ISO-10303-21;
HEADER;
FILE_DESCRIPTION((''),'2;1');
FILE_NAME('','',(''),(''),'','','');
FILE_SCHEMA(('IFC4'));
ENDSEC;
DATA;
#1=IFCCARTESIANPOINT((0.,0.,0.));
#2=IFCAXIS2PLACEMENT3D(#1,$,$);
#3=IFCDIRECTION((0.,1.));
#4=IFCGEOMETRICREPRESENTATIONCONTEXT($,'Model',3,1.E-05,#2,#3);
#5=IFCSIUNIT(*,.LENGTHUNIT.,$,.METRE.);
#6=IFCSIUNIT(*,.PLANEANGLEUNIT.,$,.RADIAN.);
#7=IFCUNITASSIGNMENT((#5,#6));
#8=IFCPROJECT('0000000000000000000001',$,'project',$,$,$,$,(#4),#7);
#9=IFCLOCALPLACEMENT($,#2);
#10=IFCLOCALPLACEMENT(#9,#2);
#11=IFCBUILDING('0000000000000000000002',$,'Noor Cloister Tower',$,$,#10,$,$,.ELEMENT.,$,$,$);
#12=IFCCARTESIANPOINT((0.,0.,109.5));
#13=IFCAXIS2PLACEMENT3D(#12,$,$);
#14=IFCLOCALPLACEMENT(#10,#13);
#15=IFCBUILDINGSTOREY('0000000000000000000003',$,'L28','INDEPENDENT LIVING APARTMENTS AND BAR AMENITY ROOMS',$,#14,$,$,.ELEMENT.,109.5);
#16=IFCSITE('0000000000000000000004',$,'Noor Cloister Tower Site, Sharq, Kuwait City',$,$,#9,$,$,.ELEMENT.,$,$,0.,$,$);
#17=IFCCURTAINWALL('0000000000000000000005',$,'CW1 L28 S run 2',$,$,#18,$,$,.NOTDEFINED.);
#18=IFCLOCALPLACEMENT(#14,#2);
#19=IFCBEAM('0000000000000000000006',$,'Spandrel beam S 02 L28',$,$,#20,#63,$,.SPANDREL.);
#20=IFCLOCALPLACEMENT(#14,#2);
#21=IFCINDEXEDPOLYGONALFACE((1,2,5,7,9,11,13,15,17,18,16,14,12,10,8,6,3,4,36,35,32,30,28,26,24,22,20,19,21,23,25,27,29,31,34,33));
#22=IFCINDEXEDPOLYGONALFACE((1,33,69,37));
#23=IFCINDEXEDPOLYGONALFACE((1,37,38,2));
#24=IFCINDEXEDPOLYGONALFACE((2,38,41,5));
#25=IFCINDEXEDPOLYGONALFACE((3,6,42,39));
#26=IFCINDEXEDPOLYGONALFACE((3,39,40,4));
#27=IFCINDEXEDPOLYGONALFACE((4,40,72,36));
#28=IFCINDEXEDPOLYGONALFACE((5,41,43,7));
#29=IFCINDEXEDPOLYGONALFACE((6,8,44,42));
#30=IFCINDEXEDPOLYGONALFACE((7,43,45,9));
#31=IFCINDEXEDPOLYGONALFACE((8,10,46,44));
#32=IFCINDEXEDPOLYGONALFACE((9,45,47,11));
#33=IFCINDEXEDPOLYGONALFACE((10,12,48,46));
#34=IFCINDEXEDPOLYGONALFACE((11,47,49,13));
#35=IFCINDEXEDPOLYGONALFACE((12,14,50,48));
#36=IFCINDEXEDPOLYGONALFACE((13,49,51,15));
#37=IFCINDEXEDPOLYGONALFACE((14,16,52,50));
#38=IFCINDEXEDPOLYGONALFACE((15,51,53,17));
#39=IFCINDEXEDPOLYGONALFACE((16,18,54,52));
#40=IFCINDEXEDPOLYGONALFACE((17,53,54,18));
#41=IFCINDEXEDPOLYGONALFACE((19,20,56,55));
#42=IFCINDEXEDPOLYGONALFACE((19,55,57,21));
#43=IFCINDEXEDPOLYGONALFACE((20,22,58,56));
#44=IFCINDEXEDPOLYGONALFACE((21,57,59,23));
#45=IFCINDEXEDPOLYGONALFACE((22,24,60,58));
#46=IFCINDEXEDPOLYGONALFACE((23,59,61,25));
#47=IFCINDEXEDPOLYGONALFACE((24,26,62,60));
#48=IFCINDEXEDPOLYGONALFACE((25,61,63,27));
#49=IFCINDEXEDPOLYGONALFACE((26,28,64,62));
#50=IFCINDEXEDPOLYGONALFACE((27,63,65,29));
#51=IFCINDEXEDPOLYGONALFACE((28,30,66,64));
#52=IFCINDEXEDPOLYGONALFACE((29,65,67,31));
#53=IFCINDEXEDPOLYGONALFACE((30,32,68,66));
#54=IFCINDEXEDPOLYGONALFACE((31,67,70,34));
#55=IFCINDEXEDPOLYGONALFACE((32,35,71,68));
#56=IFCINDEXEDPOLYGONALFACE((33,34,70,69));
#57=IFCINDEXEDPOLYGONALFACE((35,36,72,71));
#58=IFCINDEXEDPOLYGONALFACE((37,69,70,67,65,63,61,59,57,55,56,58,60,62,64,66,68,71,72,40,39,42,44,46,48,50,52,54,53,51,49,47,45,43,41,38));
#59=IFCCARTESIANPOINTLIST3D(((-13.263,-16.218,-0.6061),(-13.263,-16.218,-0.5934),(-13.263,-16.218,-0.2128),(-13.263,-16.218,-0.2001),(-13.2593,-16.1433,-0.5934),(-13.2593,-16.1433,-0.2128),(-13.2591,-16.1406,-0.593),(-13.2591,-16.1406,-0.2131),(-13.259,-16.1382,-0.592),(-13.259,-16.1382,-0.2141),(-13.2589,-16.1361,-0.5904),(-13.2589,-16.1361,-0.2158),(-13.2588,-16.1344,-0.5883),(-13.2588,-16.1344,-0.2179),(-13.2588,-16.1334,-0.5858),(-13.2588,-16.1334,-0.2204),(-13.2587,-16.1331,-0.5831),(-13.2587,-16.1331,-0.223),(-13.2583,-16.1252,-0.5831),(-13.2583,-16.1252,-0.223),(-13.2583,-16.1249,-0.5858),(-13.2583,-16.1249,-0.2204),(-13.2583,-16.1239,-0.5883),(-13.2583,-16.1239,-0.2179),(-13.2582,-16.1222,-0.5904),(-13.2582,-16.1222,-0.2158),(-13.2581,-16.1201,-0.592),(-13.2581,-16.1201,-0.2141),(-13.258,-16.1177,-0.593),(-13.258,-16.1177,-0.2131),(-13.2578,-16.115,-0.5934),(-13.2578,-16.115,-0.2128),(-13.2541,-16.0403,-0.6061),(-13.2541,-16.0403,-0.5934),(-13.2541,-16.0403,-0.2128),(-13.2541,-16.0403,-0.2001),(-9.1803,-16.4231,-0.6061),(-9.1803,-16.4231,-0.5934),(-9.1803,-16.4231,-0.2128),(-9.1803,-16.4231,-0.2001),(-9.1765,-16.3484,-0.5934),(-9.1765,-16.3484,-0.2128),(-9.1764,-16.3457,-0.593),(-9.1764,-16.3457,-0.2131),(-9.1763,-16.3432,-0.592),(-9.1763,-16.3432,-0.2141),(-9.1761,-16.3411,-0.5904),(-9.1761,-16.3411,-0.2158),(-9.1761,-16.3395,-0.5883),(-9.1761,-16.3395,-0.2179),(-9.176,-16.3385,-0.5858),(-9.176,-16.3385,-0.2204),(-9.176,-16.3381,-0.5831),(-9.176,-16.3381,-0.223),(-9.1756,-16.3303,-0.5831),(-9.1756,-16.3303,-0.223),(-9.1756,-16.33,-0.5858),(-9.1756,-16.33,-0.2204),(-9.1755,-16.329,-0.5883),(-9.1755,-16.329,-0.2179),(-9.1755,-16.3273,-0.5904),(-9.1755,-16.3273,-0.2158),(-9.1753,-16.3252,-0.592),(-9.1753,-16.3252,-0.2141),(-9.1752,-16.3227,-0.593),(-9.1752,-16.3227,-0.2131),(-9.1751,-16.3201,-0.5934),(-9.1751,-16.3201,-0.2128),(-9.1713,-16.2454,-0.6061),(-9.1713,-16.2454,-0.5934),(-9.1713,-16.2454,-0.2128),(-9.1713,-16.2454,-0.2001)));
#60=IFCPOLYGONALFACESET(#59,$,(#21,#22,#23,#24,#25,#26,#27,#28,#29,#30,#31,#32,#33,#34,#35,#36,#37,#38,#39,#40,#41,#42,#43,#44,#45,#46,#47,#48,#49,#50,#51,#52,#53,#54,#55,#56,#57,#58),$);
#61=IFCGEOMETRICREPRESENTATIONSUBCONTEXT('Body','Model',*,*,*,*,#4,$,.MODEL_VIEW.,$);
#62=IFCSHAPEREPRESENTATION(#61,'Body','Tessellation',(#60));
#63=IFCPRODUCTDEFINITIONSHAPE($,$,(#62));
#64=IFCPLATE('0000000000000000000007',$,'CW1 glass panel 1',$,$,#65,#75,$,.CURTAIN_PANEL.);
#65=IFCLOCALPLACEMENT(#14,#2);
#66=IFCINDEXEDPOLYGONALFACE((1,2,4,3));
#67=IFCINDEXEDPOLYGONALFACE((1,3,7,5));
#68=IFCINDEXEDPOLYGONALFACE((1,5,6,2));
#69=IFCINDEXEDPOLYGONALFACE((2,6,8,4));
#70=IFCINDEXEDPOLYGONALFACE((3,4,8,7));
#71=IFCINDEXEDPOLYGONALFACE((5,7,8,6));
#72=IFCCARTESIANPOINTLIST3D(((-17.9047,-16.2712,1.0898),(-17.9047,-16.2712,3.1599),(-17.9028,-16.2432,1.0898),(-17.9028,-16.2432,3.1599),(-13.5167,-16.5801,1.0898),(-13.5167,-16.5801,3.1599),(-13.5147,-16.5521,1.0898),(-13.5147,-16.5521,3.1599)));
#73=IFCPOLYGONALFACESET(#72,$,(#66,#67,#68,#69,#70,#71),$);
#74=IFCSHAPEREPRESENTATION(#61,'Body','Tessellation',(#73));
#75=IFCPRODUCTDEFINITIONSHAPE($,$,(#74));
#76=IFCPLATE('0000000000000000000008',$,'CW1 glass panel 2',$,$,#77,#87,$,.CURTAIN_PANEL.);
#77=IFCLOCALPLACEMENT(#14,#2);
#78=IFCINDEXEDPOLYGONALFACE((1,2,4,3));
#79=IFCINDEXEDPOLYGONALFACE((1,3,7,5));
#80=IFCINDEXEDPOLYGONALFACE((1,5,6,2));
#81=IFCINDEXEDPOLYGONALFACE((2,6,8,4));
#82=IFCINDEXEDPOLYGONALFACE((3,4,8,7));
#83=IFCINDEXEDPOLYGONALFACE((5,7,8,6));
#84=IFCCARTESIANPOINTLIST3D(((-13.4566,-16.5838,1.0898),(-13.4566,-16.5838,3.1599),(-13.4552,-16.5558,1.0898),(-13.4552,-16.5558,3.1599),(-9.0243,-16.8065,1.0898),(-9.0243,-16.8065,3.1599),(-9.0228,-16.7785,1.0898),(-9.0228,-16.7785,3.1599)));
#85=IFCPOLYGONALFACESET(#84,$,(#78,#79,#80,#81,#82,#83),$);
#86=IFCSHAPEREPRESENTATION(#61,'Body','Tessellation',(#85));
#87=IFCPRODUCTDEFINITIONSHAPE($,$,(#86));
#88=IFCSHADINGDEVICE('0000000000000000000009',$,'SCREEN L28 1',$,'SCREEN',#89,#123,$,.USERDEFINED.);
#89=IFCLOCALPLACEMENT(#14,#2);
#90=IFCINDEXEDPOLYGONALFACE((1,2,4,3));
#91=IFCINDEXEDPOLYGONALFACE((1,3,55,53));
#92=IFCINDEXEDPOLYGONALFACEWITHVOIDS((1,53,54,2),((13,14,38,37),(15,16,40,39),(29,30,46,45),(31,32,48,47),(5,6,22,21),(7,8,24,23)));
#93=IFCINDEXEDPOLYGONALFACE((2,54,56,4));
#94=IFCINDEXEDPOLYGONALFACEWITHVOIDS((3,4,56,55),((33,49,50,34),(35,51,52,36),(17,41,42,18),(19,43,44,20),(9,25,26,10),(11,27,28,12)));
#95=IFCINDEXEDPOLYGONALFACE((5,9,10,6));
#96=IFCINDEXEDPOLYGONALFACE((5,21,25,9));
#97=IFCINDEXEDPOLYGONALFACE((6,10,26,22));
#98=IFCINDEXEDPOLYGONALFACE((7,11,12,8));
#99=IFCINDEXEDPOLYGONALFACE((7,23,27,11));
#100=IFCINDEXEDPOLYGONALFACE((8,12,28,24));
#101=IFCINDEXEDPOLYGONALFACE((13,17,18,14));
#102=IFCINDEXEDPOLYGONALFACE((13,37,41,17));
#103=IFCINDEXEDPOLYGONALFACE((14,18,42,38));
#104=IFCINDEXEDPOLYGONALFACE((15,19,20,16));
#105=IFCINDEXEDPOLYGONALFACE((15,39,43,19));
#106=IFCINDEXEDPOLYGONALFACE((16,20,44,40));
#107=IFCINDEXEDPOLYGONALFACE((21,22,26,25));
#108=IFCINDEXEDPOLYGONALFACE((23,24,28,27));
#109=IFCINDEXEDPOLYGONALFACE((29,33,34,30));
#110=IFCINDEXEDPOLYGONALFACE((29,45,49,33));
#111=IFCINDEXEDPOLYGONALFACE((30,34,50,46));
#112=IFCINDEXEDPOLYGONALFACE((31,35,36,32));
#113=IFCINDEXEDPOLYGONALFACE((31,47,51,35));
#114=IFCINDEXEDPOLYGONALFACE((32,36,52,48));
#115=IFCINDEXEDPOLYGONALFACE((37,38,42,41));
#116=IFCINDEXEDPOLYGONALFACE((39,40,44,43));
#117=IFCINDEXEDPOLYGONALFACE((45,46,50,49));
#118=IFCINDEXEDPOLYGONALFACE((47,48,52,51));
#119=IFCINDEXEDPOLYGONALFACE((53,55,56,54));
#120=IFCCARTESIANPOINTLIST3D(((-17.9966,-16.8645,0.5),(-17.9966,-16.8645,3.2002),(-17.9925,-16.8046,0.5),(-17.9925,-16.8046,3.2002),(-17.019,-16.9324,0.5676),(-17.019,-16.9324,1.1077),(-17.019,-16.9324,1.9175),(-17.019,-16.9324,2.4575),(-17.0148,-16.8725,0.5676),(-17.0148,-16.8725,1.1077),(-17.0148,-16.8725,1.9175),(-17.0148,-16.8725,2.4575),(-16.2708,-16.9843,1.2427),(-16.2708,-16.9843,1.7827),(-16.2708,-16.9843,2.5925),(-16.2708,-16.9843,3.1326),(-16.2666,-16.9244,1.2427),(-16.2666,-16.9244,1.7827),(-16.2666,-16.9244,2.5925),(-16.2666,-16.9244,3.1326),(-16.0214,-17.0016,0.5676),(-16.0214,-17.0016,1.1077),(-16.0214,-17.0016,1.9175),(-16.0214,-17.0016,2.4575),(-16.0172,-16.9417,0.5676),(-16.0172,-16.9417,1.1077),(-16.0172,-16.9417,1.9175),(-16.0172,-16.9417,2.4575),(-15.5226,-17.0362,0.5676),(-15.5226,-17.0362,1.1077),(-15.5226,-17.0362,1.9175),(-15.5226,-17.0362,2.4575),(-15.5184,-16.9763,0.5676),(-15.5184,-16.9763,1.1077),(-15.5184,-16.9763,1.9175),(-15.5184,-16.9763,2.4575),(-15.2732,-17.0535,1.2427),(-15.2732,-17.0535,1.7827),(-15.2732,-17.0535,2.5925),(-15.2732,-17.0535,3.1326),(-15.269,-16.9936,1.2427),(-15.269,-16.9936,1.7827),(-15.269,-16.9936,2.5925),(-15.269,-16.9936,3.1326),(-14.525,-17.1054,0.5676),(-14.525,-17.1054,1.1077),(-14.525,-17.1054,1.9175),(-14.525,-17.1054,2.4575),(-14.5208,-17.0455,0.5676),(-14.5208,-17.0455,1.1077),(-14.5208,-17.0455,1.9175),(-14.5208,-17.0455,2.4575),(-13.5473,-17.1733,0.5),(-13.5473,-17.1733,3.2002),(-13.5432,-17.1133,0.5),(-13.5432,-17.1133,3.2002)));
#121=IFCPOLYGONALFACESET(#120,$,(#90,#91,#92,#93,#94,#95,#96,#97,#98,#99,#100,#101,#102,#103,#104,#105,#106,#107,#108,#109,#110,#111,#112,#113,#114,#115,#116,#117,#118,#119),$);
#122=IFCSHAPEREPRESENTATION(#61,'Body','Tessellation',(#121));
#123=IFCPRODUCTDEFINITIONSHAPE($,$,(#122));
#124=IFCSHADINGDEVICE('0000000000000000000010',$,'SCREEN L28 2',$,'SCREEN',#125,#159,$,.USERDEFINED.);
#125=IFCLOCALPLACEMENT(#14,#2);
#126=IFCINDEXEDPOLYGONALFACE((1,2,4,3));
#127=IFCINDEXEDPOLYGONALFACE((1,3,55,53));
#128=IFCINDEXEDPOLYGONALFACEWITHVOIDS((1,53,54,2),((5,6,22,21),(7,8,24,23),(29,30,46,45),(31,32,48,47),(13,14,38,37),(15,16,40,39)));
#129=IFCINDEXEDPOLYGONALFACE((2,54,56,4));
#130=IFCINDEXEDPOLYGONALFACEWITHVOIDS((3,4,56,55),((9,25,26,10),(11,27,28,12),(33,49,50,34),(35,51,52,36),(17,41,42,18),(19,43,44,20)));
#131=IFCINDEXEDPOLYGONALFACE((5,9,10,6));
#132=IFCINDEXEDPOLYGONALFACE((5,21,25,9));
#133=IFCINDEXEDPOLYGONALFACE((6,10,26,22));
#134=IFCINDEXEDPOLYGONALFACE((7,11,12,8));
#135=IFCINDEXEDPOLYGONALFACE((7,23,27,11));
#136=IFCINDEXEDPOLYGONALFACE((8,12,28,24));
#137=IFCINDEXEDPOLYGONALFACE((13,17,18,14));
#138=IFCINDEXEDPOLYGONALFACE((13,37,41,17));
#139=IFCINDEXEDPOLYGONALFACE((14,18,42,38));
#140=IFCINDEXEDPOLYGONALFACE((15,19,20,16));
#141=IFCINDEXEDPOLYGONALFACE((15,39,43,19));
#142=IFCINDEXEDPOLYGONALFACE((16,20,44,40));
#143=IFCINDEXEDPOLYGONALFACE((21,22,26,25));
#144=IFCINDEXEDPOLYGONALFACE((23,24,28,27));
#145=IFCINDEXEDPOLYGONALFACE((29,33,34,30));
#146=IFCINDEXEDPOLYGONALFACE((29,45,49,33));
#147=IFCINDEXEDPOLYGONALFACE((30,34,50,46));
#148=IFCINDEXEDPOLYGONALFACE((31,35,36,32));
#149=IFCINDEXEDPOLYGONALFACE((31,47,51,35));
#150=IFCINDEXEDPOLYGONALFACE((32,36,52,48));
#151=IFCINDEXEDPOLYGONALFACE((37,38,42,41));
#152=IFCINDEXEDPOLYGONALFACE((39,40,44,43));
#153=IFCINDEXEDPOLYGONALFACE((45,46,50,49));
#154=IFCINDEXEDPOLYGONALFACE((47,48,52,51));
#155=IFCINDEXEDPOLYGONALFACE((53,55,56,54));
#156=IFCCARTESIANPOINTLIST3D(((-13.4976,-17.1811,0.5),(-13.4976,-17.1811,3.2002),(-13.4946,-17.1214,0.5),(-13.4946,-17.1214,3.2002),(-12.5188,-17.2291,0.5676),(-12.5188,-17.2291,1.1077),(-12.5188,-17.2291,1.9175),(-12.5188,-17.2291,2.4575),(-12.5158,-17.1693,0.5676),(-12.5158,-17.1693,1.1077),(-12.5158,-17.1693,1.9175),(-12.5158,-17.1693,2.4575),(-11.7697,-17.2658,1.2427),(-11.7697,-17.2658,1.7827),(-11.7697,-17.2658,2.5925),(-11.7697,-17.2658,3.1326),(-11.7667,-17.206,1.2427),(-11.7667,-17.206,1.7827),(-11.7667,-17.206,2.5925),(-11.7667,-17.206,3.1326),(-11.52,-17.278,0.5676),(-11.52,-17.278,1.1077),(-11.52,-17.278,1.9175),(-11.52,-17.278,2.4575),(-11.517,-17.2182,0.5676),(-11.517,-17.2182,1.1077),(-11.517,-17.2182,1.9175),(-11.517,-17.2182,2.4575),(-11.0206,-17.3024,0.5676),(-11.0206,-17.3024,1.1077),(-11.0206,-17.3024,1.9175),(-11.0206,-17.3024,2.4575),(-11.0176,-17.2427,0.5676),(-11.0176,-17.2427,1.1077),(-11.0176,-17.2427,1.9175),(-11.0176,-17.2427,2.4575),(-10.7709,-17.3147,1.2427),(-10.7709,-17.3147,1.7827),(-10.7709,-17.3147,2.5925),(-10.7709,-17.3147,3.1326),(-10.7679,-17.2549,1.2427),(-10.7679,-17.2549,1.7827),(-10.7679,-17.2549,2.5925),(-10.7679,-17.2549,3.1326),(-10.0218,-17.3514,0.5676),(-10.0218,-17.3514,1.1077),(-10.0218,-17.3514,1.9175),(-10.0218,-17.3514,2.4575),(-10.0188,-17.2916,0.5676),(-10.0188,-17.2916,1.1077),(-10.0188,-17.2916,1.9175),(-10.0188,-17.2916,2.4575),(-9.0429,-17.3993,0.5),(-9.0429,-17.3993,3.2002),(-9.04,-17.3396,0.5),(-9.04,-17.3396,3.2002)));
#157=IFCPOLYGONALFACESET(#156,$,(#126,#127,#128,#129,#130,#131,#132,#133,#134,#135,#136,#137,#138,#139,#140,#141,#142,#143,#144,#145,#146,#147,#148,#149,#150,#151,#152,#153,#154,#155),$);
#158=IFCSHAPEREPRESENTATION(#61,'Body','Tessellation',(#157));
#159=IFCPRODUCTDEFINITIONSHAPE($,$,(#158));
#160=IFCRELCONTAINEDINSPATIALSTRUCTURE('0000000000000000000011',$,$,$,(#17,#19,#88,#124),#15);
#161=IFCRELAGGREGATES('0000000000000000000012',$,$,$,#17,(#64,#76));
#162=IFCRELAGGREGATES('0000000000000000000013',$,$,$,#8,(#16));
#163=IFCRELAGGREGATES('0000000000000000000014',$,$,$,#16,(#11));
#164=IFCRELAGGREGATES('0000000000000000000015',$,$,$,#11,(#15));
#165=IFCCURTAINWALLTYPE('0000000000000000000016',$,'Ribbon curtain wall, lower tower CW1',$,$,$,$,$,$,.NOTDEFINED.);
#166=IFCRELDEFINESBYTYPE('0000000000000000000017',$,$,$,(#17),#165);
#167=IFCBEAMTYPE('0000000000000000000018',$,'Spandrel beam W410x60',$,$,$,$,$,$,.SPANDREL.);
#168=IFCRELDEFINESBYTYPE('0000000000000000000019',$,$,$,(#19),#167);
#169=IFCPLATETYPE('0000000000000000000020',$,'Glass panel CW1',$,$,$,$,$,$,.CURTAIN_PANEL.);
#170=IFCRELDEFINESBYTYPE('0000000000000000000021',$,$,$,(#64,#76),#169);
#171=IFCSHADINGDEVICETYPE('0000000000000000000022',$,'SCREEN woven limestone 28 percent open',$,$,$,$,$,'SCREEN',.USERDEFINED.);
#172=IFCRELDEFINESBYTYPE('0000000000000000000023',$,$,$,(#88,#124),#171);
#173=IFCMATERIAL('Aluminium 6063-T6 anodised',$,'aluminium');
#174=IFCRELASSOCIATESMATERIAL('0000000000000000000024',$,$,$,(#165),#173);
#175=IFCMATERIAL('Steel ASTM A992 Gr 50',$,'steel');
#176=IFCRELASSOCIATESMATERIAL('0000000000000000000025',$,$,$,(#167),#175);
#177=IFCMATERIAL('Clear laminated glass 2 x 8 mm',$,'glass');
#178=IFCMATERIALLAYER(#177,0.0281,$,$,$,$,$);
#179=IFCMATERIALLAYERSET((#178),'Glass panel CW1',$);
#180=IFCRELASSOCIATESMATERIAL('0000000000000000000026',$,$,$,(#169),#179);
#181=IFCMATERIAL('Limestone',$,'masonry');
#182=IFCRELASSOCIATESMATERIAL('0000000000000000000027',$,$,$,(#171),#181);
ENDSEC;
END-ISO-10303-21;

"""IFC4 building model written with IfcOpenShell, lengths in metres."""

from ifc_helpers import new_model, si_unit, direction, frame, origin, origin_2d, place, context, subcontext, project, spatial, polyline, rectangle, i_section, outline, extrude, material, layer, layer_set, material_profile, profile_set, type_object, element, aggregate, save


model = new_model("IFC4")

# Units and contexts
model_context = context("Model", 3, precision=1e-05, world=origin(), true_north=direction((0.0, 1.0)))
body_context = subcontext(model_context, "Body", "Model", "MODEL_VIEW")
ifc_project = project(units=[si_unit("LENGTHUNIT", "METRE"), si_unit("PLANEANGLEUNIT", "RADIAN")], contexts=[model_context])

# Site, building, storey
site_placement = place(None, origin())
site = spatial("IfcSite", under=ifc_project, at=site_placement, Name="Noor Cloister Tower Site, Sharq, Kuwait City", CompositionType="ELEMENT", RefElevation=0.0)
building_placement = place(site_placement, origin())
building = spatial("IfcBuilding", under=site, at=building_placement, Name="Noor Cloister Tower", CompositionType="ELEMENT")
storey_placement = place(building_placement, frame((0.0, 0.0, 109.5)))
storey = spatial("IfcBuildingStorey", under=building, at=storey_placement, Name="L28", Description="INDEPENDENT LIVING APARTMENTS AND BAR AMENITY ROOMS", CompositionType="ELEMENT", Elevation=109.5)

# Shared definitions
ifc_material_1 = material(Name="Aluminium 6063-T6 anodised", Category="aluminium")
curtain_wall_type = type_object("IfcCurtainWallType", Name="Ribbon curtain wall, lower tower CW1", PredefinedType="NOTDEFINED", material=ifc_material_1)

# Curtain wall
curtain_wall_1_placement = place(storey_placement, origin())
curtain_wall_1 = element("IfcCurtainWall", 1, at=curtain_wall_1_placement, inside=storey, type_object=curtain_wall_type, Name="CW1 L28 S run 2", PredefinedType="NOTDEFINED")

# Beam
ifc_material_2 = material(Name="Steel ASTM A992 Gr 50", Category="steel")
ifc_material_profile_1 = material_profile(ifc_material_2, i_section(OverallWidth=0.178, OverallDepth=0.406, WebThickness=0.0078, FlangeThickness=0.0127, FilletRadius=0.0103, at=origin_2d()), Name="W410x60")
ifc_profile_set_1 = profile_set([ifc_material_profile_1], Name="Steel ASTM A992 Gr 50")
beam_type_1 = type_object("IfcBeamType", Name="Spandrel beam W410x60", PredefinedType="SPANDREL", material=ifc_profile_set_1)
for number, where, z_axis, x_axis, name in (
    (2, (-13.2585, -16.1292, -0.4031), (0.998741, -0.050167, 0.0), (0.050167, 0.998741, 0.0), "Spandrel beam S 02 L28"),
):
    element("IfcBeam", number, at=place(storey_placement, frame(where, z_axis=z_axis, x_axis=x_axis)), inside=storey, type_object=beam_type_1, Name=name, PredefinedType="SPANDREL", context=body_context, shape_type="SweptSolid", body=[
        extrude(i_section(OverallWidth=0.178, OverallDepth=0.406, WebThickness=0.0078, FlangeThickness=0.0127, FilletRadius=0.0103, at=origin_2d()), origin(), (0.0, 0.0, 1.0), 4.0879),
    ])

# Plates
ifc_material_3 = material(Name="Clear laminated glass 2 x 8 mm", Category="glass")
ifc_layer = layer(ifc_material_3, 0.0281)
ifc_layer_set = layer_set([ifc_layer], Name="Glass panel CW1")
plate_type = type_object("IfcPlateType", Name="Glass panel CW1", PredefinedType="CURTAIN_PANEL", material=ifc_layer_set)
plate_1_placement = place(storey_placement, frame((-15.7097, -16.4116, 1.0898), z_axis=(0.0, 0.0, 1.0), x_axis=(0.997532, -0.070218, 0.0)))
plate_1 = element("IfcPlate", 3, at=plate_1_placement, type_object=plate_type, Name="CW1 glass panel 1", PredefinedType="CURTAIN_PANEL", context=body_context, shape_type="SweptSolid", body=[
    extrude(rectangle(XDim=4.3989, YDim=0.0281, at=origin_2d()), origin(), (0.0, 0.0, 1.0), 2.0701),
])
plate_2_placement = place(storey_placement, frame((-11.2397, -16.6812, 1.0898), z_axis=(0.0, 0.0, 1.0), x_axis=(0.99874, -0.050176, 0.0)))
plate_2 = element("IfcPlate", 4, at=plate_2_placement, type_object=plate_type, Name="CW1 glass panel 2", PredefinedType="CURTAIN_PANEL", context=body_context, shape_type="SweptSolid", body=[
    extrude(rectangle(XDim=4.438, YDim=0.0281, at=origin_2d()), origin(), (0.0, 0.0, 1.0), 2.0701),
])
aggregate(curtain_wall_1, [plate_1, plate_2])

# Shading devices
ifc_material_4 = material(Name="Limestone", Category="masonry")
ifc_material_profile_2 = material_profile(ifc_material_4, outline(polyline([(-2.23, -1.3501), (2.23, -1.3501), (2.23, 1.3501), (-2.23, 1.3501), (-2.23, -1.3501)]), holes=[polyline([(-1.25, -1.2825), (-0.25, -1.2825), (-0.25, -0.7424), (-1.25, -0.7424), (-1.25, -1.2825)]), polyline([(0.25, -1.2825), (1.25, -1.2825), (1.25, -0.7424), (0.25, -0.7424), (0.25, -1.2825)]), polyline([(-0.5, -0.6074), (0.5, -0.6074), (0.5, -0.0674), (-0.5, -0.0674), (-0.5, -0.6074)]), polyline([(-1.25, 0.0674), (-0.25, 0.0674), (-0.25, 0.6074), (-1.25, 0.6074), (-1.25, 0.0674)]), polyline([(0.25, 0.0674), (1.25, 0.0674), (1.25, 0.6074), (0.25, 0.6074), (0.25, 0.0674)]), polyline([(-0.5, 0.7424), (0.5, 0.7424), (0.5, 1.2825), (-0.5, 1.2825), (-0.5, 0.7424)])]), Name="Woven screen 28 percent open")
ifc_profile_set_2 = profile_set([ifc_material_profile_2], Name="Limestone")
shading_device_type = type_object("IfcShadingDeviceType", Name="SCREEN woven limestone 28 percent open", ElementType="SCREEN", PredefinedType="USERDEFINED", material=ifc_profile_set_2)
shading_device_1_placement = place(storey_placement, frame((-15.7678, -16.959, 1.8501), z_axis=(-0.069221, -0.997601, 0.0), x_axis=(0.997601, -0.069221, 0.0)))
element("IfcShadingDevice", 5, at=shading_device_1_placement, inside=storey, type_object=shading_device_type, Name="SCREEN L28 1", ObjectType="SCREEN", PredefinedType="USERDEFINED", context=body_context, shape_type="SweptSolid", body=[
    extrude(outline(polyline([(-2.23, -1.3501), (2.23, -1.3501), (2.23, 1.3501), (-2.23, 1.3501), (-2.23, -1.3501)]), holes=[polyline([(-1.25, -1.2825), (-0.25, -1.2825), (-0.25, -0.7424), (-1.25, -0.7424), (-1.25, -1.2825)]), polyline([(0.25, -1.2825), (1.25, -1.2825), (1.25, -0.7424), (0.25, -0.7424), (0.25, -1.2825)]), polyline([(-0.5, -0.6074), (0.5, -0.6074), (0.5, -0.0674), (-0.5, -0.0674), (-0.5, -0.6074)]), polyline([(-1.25, 0.0674), (-0.25, 0.0674), (-0.25, 0.6074), (-1.25, 0.6074), (-1.25, 0.0674)]), polyline([(0.25, 0.0674), (1.25, 0.0674), (1.25, 0.6074), (0.25, 0.6074), (0.25, 0.0674)]), polyline([(-0.5, 0.7424), (0.5, 0.7424), (0.5, 1.2825), (-0.5, 1.2825), (-0.5, 0.7424)])]), origin(), (0.0, 0.0, 1.0), 0.0601),
])
shading_device_2_placement = place(storey_placement, frame((-11.2673, -17.2305, 1.8501), z_axis=(-0.048921, -0.998803, 0.0), x_axis=(0.998803, -0.048921, 0.0)))
element("IfcShadingDevice", 6, at=shading_device_2_placement, inside=storey, type_object=shading_device_type, Name="SCREEN L28 2", ObjectType="SCREEN", PredefinedType="USERDEFINED", context=body_context, shape_type="SweptSolid", body=[
    extrude(outline(polyline([(-2.23, -1.3501), (2.23, -1.3501), (2.23, 1.3501), (-2.23, 1.3501), (-2.23, -1.3501)]), holes=[polyline([(-1.25, -1.2825), (-0.25, -1.2825), (-0.25, -0.7424), (-1.25, -0.7424), (-1.25, -1.2825)]), polyline([(0.25, -1.2825), (1.25, -1.2825), (1.25, -0.7424), (0.25, -0.7424), (0.25, -1.2825)]), polyline([(-0.5, -0.6074), (0.5, -0.6074), (0.5, -0.0674), (-0.5, -0.0674), (-0.5, -0.6074)]), polyline([(-1.25, 0.0674), (-0.25, 0.0674), (-0.25, 0.6074), (-1.25, 0.6074), (-1.25, 0.0674)]), polyline([(0.25, 0.0674), (1.25, 0.0674), (1.25, 0.6074), (0.25, 0.6074), (0.25, 0.0674)]), polyline([(-0.5, 0.7424), (0.5, 0.7424), (0.5, 1.2825), (-0.5, 1.2825), (-0.5, 0.7424)])]), origin(), (0.0, 0.0, 1.0), 0.0598),
])

save(model, "model.ifc")
